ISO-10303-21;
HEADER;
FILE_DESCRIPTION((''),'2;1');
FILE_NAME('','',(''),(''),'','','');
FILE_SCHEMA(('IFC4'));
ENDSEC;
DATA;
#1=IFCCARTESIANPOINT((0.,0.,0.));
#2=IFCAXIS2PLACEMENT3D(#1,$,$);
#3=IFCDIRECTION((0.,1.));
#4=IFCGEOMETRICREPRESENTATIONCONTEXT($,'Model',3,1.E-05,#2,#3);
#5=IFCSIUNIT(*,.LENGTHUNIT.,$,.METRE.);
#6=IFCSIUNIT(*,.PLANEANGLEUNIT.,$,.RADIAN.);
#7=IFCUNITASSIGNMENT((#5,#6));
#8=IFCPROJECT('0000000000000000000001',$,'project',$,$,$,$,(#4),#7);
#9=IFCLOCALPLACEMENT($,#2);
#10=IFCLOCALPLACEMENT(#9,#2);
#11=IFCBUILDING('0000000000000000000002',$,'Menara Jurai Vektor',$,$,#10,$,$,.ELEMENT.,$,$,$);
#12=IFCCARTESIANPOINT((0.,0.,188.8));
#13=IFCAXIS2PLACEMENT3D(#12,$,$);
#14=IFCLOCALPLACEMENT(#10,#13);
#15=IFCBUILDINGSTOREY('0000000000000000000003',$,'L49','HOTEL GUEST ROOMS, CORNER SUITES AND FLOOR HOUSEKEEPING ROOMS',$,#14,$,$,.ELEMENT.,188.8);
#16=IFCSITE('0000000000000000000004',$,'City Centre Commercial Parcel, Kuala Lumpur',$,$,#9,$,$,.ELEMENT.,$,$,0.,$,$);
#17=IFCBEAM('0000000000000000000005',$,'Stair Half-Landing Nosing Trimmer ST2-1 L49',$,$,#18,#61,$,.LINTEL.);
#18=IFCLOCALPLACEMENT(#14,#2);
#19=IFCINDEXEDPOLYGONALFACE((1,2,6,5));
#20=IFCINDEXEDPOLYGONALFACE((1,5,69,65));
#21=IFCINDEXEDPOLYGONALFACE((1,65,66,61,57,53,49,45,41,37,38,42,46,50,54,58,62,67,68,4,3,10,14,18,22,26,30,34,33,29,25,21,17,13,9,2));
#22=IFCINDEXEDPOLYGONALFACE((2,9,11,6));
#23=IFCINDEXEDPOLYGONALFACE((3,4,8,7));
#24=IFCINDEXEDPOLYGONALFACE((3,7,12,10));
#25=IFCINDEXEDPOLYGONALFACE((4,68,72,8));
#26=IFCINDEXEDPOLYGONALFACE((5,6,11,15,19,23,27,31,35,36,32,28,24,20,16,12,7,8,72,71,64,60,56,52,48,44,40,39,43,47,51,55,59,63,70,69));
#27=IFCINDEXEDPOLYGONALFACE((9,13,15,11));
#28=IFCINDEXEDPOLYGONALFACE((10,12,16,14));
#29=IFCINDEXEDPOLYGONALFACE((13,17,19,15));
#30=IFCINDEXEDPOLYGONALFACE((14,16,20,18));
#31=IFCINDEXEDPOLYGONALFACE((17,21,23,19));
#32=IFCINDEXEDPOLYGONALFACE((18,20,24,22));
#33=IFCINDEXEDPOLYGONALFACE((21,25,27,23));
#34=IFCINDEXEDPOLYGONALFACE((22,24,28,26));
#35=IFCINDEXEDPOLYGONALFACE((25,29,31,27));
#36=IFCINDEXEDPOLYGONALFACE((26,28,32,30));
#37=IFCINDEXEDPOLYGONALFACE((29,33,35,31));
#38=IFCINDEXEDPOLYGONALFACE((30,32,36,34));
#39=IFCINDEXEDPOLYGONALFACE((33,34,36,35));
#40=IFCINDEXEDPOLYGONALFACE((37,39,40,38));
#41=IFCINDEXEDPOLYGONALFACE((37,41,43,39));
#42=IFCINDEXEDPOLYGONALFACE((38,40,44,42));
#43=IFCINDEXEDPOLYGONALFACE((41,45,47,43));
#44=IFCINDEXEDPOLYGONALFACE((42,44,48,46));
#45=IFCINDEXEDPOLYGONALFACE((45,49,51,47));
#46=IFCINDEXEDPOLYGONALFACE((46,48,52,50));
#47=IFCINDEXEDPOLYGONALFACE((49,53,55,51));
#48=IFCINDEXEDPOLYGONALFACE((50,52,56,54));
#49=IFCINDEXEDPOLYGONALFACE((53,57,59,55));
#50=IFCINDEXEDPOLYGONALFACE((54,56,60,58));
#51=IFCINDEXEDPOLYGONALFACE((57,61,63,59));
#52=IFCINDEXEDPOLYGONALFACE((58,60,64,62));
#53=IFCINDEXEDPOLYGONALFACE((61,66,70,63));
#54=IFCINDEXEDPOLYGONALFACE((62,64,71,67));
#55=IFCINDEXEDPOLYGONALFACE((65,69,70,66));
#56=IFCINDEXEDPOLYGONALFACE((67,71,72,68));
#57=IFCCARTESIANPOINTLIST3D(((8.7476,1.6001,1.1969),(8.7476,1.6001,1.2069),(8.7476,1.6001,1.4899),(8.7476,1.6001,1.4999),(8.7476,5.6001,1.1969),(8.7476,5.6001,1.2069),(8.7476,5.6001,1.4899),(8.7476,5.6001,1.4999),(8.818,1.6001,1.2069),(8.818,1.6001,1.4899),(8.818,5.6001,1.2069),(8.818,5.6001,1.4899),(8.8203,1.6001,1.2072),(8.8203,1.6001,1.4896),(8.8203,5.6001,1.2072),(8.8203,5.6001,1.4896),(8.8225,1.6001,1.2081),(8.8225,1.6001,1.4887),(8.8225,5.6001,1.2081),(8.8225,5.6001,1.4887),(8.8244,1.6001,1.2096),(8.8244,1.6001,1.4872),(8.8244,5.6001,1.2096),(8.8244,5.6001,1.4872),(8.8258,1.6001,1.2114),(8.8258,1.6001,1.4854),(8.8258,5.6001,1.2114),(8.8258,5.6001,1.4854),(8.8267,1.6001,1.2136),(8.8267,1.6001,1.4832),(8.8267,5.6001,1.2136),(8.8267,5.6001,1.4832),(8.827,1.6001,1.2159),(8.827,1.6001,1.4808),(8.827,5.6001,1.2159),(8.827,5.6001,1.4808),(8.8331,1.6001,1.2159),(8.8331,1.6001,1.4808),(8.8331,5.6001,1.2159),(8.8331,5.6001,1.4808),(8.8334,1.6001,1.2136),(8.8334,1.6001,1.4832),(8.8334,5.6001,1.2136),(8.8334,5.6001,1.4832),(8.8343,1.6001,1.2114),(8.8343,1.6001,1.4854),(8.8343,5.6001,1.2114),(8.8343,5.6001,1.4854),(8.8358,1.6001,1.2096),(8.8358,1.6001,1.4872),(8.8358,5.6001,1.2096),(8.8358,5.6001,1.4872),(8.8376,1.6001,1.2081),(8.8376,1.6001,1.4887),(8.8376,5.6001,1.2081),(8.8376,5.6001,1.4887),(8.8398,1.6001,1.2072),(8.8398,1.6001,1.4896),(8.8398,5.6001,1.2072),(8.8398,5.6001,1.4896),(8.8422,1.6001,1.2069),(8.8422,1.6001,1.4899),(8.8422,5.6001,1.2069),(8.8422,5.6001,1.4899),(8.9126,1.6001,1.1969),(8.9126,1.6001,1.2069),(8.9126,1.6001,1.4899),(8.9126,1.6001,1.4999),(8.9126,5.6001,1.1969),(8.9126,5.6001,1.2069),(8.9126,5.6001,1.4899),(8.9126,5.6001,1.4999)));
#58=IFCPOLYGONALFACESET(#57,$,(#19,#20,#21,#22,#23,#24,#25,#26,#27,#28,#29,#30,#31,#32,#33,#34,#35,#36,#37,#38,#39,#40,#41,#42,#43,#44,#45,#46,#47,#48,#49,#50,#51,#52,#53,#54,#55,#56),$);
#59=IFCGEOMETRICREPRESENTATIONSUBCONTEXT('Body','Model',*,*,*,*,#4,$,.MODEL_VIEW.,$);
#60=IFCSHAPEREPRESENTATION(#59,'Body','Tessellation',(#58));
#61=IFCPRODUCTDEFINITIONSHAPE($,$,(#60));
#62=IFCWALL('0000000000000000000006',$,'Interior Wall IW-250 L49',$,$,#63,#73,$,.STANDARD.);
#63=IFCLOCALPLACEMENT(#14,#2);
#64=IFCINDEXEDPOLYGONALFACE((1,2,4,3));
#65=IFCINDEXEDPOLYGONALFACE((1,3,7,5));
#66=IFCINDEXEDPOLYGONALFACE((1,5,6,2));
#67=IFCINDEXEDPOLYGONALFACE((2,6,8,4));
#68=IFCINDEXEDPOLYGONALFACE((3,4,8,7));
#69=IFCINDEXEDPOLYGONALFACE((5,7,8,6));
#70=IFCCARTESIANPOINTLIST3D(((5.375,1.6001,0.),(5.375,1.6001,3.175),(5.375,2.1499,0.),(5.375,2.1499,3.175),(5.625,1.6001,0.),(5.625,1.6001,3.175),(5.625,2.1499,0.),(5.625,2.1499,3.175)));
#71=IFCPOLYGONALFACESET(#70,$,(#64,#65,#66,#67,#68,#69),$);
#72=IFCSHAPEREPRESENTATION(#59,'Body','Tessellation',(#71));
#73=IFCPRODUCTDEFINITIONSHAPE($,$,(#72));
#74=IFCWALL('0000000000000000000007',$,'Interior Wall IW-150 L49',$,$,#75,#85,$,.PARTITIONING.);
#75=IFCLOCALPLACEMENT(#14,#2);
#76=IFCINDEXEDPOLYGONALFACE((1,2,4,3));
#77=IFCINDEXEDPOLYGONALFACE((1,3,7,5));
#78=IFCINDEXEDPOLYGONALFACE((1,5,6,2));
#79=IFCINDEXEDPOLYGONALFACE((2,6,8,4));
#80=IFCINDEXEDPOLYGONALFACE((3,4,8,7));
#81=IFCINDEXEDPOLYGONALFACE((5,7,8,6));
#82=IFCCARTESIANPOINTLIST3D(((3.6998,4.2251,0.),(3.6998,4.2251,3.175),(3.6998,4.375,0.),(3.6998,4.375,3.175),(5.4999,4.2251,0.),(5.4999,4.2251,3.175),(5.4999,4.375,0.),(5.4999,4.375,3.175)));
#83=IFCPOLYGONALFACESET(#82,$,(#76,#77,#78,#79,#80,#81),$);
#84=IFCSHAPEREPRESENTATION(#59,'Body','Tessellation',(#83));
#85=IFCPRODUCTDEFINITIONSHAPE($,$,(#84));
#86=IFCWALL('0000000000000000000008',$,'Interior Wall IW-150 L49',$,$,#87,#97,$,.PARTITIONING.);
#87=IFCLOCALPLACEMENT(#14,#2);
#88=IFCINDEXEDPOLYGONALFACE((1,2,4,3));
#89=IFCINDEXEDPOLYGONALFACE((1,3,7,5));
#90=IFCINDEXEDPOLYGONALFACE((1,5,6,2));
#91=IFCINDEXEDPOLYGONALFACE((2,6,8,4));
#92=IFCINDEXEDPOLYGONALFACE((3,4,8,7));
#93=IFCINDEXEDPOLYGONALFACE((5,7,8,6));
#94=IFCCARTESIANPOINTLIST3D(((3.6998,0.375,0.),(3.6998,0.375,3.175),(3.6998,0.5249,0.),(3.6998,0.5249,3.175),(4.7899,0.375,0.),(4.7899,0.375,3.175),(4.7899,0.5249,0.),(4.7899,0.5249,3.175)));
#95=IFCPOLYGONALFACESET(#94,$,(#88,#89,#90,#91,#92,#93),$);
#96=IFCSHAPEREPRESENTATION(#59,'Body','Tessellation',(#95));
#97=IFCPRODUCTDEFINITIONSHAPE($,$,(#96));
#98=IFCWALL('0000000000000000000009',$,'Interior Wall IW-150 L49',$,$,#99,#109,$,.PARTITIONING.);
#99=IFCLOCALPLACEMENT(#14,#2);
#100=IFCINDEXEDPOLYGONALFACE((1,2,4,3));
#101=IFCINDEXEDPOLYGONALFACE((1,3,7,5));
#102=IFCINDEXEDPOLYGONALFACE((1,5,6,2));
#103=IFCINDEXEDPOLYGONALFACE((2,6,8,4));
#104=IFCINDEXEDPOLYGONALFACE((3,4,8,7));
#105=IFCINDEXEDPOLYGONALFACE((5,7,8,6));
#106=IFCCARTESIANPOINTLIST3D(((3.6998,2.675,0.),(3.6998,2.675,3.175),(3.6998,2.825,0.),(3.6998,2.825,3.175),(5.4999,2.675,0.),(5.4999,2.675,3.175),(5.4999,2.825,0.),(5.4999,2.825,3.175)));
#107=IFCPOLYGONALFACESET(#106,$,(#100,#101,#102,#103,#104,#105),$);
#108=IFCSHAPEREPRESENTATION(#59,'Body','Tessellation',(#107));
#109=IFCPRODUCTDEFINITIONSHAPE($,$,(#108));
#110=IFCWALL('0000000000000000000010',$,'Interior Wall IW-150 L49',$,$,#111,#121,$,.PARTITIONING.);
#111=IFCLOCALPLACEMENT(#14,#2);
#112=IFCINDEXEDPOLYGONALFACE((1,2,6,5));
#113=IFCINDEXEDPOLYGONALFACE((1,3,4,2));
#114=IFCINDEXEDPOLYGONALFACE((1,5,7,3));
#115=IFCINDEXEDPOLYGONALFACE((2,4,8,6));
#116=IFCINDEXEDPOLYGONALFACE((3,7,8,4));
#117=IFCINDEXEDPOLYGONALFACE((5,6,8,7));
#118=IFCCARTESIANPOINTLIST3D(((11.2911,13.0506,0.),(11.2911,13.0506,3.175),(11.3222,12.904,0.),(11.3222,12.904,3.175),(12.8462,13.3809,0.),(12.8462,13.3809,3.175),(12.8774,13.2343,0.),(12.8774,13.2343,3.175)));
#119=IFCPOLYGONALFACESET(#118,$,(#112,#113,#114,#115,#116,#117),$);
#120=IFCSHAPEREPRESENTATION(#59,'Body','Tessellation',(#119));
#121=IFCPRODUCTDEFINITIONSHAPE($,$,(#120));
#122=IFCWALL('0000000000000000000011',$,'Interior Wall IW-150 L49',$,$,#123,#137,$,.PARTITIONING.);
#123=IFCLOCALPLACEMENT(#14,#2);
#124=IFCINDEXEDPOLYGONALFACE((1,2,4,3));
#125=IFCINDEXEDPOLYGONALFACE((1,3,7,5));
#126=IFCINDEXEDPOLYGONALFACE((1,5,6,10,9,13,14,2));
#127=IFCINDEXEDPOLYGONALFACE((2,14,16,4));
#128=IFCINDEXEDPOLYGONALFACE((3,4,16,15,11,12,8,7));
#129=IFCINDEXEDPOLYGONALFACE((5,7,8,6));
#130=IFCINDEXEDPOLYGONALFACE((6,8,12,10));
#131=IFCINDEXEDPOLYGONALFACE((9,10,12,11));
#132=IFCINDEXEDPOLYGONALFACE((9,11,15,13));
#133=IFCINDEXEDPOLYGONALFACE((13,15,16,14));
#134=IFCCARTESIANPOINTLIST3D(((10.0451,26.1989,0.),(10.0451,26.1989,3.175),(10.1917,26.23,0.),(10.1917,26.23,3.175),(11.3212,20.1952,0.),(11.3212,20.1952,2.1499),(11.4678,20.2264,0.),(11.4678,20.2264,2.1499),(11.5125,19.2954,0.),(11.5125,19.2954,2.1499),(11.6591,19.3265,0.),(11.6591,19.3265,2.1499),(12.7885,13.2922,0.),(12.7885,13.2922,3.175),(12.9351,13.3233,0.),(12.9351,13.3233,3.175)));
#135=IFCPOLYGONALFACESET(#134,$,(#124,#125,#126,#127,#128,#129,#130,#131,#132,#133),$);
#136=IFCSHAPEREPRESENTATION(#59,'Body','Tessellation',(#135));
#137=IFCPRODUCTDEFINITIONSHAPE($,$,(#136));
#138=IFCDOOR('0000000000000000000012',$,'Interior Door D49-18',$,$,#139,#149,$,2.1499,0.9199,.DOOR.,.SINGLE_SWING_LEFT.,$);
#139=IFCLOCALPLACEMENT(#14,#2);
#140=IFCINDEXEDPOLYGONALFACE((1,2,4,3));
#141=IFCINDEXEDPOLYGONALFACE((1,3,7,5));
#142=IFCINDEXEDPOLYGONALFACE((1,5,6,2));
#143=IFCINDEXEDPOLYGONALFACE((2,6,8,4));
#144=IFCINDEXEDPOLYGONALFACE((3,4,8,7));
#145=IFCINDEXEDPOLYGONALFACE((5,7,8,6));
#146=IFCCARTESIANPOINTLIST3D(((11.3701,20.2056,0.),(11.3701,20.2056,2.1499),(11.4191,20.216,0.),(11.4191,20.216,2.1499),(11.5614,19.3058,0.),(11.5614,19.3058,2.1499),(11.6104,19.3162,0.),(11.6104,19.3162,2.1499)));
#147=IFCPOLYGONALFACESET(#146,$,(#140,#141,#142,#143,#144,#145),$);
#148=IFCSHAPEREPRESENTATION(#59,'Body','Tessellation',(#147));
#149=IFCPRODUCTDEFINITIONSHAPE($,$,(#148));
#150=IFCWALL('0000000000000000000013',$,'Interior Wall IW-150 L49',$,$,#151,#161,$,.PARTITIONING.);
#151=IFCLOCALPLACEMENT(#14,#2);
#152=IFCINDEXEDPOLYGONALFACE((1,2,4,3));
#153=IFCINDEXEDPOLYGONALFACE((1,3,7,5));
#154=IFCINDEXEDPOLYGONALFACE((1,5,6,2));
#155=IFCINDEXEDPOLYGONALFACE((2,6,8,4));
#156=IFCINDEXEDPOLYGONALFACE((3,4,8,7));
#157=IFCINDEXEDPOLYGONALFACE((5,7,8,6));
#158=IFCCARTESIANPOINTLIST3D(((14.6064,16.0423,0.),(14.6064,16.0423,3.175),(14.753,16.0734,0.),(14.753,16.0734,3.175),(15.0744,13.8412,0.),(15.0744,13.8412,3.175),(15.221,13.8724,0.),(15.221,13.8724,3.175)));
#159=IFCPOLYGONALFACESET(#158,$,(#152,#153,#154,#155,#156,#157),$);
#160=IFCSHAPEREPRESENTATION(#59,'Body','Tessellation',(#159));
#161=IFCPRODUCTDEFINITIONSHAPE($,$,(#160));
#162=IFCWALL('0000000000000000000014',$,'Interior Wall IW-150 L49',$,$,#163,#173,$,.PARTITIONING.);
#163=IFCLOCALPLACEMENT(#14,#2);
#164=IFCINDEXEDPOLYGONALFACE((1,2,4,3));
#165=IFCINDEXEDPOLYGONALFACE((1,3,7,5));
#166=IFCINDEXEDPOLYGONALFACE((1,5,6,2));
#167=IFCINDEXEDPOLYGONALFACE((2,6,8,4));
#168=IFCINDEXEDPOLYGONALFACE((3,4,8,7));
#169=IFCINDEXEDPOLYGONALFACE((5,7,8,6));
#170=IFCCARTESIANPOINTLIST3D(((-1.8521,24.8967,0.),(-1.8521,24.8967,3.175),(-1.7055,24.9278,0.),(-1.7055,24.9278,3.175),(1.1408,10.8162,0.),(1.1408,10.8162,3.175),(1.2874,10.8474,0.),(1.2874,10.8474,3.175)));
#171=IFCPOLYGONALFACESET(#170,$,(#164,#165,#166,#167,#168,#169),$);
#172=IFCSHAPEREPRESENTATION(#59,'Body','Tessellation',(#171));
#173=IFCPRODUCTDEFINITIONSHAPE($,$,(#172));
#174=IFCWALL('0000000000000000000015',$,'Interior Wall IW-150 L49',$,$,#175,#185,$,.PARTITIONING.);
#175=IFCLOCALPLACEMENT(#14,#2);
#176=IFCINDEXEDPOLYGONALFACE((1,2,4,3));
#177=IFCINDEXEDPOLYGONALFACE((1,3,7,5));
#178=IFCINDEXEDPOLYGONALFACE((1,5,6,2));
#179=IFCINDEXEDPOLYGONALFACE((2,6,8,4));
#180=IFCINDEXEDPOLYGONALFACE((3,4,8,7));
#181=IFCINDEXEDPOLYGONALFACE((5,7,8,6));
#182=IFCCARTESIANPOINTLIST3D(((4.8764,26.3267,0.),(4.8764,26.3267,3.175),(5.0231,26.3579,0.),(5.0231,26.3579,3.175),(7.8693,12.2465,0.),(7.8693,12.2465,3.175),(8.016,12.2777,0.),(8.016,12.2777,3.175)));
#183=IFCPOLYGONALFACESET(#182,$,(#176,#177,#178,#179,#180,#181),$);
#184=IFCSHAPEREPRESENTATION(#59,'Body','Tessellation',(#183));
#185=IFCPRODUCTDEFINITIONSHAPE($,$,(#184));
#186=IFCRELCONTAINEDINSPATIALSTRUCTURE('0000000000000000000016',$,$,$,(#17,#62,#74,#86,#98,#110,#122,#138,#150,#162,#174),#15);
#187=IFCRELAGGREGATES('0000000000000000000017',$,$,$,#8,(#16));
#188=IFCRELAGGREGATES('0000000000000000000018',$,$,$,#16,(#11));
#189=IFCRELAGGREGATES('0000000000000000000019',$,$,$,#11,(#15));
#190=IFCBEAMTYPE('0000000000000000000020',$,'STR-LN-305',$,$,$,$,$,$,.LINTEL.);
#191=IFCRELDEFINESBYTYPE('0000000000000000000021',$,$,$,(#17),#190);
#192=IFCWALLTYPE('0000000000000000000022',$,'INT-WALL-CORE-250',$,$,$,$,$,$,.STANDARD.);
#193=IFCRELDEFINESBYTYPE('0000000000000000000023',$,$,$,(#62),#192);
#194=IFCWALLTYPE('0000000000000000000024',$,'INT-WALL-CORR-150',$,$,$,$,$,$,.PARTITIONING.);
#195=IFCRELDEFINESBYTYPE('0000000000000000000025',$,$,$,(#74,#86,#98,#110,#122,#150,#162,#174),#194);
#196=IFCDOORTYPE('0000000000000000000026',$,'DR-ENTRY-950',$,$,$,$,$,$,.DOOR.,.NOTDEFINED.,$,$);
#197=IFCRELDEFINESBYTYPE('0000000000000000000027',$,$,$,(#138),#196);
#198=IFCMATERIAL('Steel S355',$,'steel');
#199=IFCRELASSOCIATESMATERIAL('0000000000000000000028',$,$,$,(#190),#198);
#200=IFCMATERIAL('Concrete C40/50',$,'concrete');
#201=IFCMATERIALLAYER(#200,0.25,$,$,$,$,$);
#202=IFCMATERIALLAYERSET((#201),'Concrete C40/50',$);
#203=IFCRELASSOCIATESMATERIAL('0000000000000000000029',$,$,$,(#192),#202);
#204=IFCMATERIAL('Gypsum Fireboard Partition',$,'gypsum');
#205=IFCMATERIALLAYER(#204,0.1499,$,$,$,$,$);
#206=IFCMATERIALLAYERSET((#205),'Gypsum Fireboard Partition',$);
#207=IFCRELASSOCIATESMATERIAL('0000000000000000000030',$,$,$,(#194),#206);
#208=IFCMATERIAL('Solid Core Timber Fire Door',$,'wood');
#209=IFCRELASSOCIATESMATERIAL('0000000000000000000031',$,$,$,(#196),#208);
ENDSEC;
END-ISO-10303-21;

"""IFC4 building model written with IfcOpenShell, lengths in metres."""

from ifc_helpers import new_model, si_unit, direction, frame, frame_2d, origin, origin_2d, place, context, subcontext, project, spatial, rectangle, i_section, extrude, material, layer, layer_set, material_profile, profile_set, type_object, element, fill, save


model = new_model("IFC4")

# Units and contexts
model_context = context("Model", 3, precision=1e-05, world=origin(), true_north=direction((0.0, 1.0)))
body_context = subcontext(model_context, "Body", "Model", "MODEL_VIEW")
ifc_project = project(units=[si_unit("LENGTHUNIT", "METRE"), si_unit("PLANEANGLEUNIT", "RADIAN")], contexts=[model_context])

# Site, building, storey
site_placement = place(None, origin())
site = spatial("IfcSite", under=ifc_project, at=site_placement, Name="City Centre Commercial Parcel, Kuala Lumpur", CompositionType="ELEMENT", RefElevation=0.0)
building_placement = place(site_placement, origin())
building = spatial("IfcBuilding", under=site, at=building_placement, Name="Menara Jurai Vektor", CompositionType="ELEMENT")
storey_placement = place(building_placement, frame((0.0, 0.0, 188.8)))
storey = spatial("IfcBuildingStorey", under=building, at=storey_placement, Name="L49", Description="HOTEL GUEST ROOMS, CORNER SUITES AND FLOOR HOUSEKEEPING ROOMS", CompositionType="ELEMENT", Elevation=188.8)

# Shared definitions
ifc_material_1 = material(Name="Steel S355", Category="steel")

# Beam
ifc_material_profile_1 = material_profile(ifc_material_1, i_section(OverallWidth=0.165, OverallDepth=0.303, WebThickness=0.0061, FlangeThickness=0.01, FilletRadius=0.009, at=origin_2d()), Name="UKB 305x165x40")
ifc_profile_set_1 = profile_set([ifc_material_profile_1], Name="Steel S355")
beam_type_1 = type_object("IfcBeamType", Name="STR-LN-305", PredefinedType="LINTEL", material=ifc_profile_set_1)
beam_1_placement = place(storey_placement, frame((8.8301, 1.6001, 1.3484), z_axis=(0.0, 1.0, 0.0), x_axis=(-1.0, 0.0, 0.0)))
element("IfcBeam", 1, at=beam_1_placement, inside=storey, type_object=beam_type_1, Name="Stair Half-Landing Nosing Trimmer ST2-1 L49", PredefinedType="LINTEL", context=body_context, shape_type="SweptSolid", body=[
    extrude(i_section(OverallWidth=0.165, OverallDepth=0.303, WebThickness=0.0061, FlangeThickness=0.01, FilletRadius=0.009, at=origin_2d()), origin(), (0.0, 0.0, 1.0), 4.0),
])

# Shared definitions
ifc_material_2 = material(Name="Concrete C40/50", Category="concrete")
ifc_layer_1 = layer(ifc_material_2, 0.25)
ifc_layer_set_1 = layer_set([ifc_layer_1], Name="Concrete C40/50")
wall_type_1 = type_object("IfcWallType", Name="INT-WALL-CORE-250", PredefinedType="STANDARD", material=ifc_layer_set_1)

# Walls
wall_1_placement = place(storey_placement, frame((5.5, 1.6001, 0.0), z_axis=(0.0, 0.0, 1.0), x_axis=(0.0, 1.0, 0.0)))
element("IfcWall", 2, at=wall_1_placement, inside=storey, type_object=wall_type_1, Name="Interior Wall IW-250 L49", PredefinedType="STANDARD", context=body_context, shape_type="SweptSolid", body=[
    extrude(rectangle(XDim=0.5498, YDim=0.25, at=frame_2d((0.2749, 0.0))), origin(), (0.0, 0.0, 1.0), 3.175),
])
ifc_material_3 = material(Name="Gypsum Fireboard Partition", Category="gypsum")
ifc_layer_2 = layer(ifc_material_3, 0.1499)
ifc_layer_set_2 = layer_set([ifc_layer_2], Name="Gypsum Fireboard Partition")
wall_type_2 = type_object("IfcWallType", Name="INT-WALL-CORR-150", PredefinedType="PARTITIONING", material=ifc_layer_set_2)
wall_2_placement = place(storey_placement, frame((3.7, 4.3, 0.0), z_axis=(0.0, 0.0, 1.0), x_axis=(1.0, 0.0, 0.0)))
element("IfcWall", 3, at=wall_2_placement, inside=storey, type_object=wall_type_2, Name="Interior Wall IW-150 L49", PredefinedType="PARTITIONING", context=body_context, shape_type="SweptSolid", body=[
    extrude(rectangle(XDim=1.8, YDim=0.1499, at=frame_2d((0.8999, 0.0))), origin(), (0.0, 0.0, 1.0), 3.175),
])
wall_3_placement = place(storey_placement, frame((3.7, 0.45, 0.0), z_axis=(0.0, 0.0, 1.0), x_axis=(1.0, 0.0, 0.0)))
element("IfcWall", 4, at=wall_3_placement, inside=storey, type_object=wall_type_2, Name="Interior Wall IW-150 L49", PredefinedType="PARTITIONING", context=body_context, shape_type="SweptSolid", body=[
    extrude(rectangle(XDim=1.0901, YDim=0.1499, at=frame_2d((0.5449, 0.0))), origin(), (0.0, 0.0, 1.0), 3.175),
])
wall_4_placement = place(storey_placement, frame((3.7, 2.75, 0.0), z_axis=(0.0, 0.0, 1.0), x_axis=(1.0, 0.0, 0.0)))
element("IfcWall", 5, at=wall_4_placement, inside=storey, type_object=wall_type_2, Name="Interior Wall IW-150 L49", PredefinedType="PARTITIONING", context=body_context, shape_type="SweptSolid", body=[
    extrude(rectangle(XDim=1.8, YDim=0.1499, at=frame_2d((0.8999, 0.0))), origin(), (0.0, 0.0, 1.0), 3.175),
])

# Shared definitions
ifc_material_4 = material(Name="Solid Core Timber Fire Door", Category="wood")
door_type_1 = type_object("IfcDoorType", Name="DR-ENTRY-950", OperationType="NOTDEFINED", PredefinedType="DOOR", material=ifc_material_4)

# Wall
wall_5_placement = place(storey_placement, frame((11.3066, 12.9773, 0.0), z_axis=(0.0, 0.0, 1.0), x_axis=(0.978178, 0.207767, 0.0)))
element("IfcWall", 6, at=wall_5_placement, inside=storey, type_object=wall_type_2, Name="Interior Wall IW-150 L49", PredefinedType="PARTITIONING", context=body_context, shape_type="SweptSolid", body=[
    extrude(rectangle(XDim=1.5898, YDim=0.1499, at=frame_2d((0.7949, 0.0))), origin(), (0.0, 0.0, 1.0), 3.175),
])

# Wall, opening, door
wall_6_placement = place(storey_placement, frame((12.8618, 13.3076, 0.0), z_axis=(0.0, 0.0, 1.0), x_axis=(-0.207911, 0.978148, 0.0)))
wall_6 = element("IfcWall", 7, at=wall_6_placement, inside=storey, type_object=wall_type_2, Name="Interior Wall IW-150 L49", PredefinedType="PARTITIONING", context=body_context, shape_type="SweptSolid", body=[
    extrude(rectangle(XDim=13.1951, YDim=0.1499, at=frame_2d((6.5977, 0.0))), origin(), (0.0, 0.0, 1.0), 3.175),
])
opening_1_placement = place(wall_6_placement, frame((6.1375, 0.0, 0.0)))
opening_1 = element("IfcOpeningElement", 8, at=opening_1_placement, cuts=wall_6, PredefinedType="OPENING", context=body_context, shape_type="SweptSolid", body=[
    extrude(rectangle(XDim=0.9199, YDim=2.1499, at=frame_2d((0.46, 1.075))), frame((0.0, 0.085, 0.0), z_axis=(0.0, -1.0, 0.0), x_axis=(1.0, 0.0, 0.0)), (0.0, 0.0, 1.0), 0.1699),
])
door_1_placement = place(opening_1_placement, origin())
door_1 = element("IfcDoor", 9, at=door_1_placement, inside=storey, type_object=door_type_1, Name="Interior Door D49-18", OperationType="SINGLE_SWING_LEFT", OverallHeight=2.1499, OverallWidth=0.9199, PredefinedType="DOOR", context=body_context, shape_type="SweptSolid", body=[
    extrude(rectangle(XDim=0.9199, YDim=2.1499, at=frame_2d((0.46, 1.075))), frame((0.0, 0.0249, 0.0), z_axis=(0.0, -1.0, 0.0), x_axis=(1.0, 0.0, 0.0)), (0.0, 0.0, 1.0), 0.05),
])
fill(opening_1, door_1)

# Walls
wall_7_placement = place(storey_placement, frame((15.1477, 13.8569, 0.0), z_axis=(0.0, 0.0, 1.0), x_axis=(-0.207995, 0.97813, 0.0)))
element("IfcWall", 10, at=wall_7_placement, inside=storey, type_object=wall_type_2, Name="Interior Wall IW-150 L49", PredefinedType="PARTITIONING", context=body_context, shape_type="SweptSolid", body=[
    extrude(rectangle(XDim=2.2502, YDim=0.1499, at=frame_2d((1.125, 0.0))), origin(), (0.0, 0.0, 1.0), 3.175),
])
wall_8_placement = place(storey_placement, frame((1.2141, 10.8318, 0.0), z_axis=(0.0, 0.0, 1.0), x_axis=(-0.207912, 0.978148, 0.0)))
element("IfcWall", 11, at=wall_8_placement, inside=storey, type_object=wall_type_2, Name="Interior Wall IW-150 L49", PredefinedType="PARTITIONING", context=body_context, shape_type="SweptSolid", body=[
    extrude(rectangle(XDim=14.395, YDim=0.1499, at=frame_2d((7.1975, 0.0))), origin(), (0.0, 0.0, 1.0), 3.175),
])
for number, where, z_axis, x_axis, name in (
    (12, (7.9426, 12.2622, 0.0), (0.0, 0.0, 1.0), (-0.207915, 0.978147, 0.0), "Interior Wall IW-150 L49"),
):
    element("IfcWall", number, at=place(storey_placement, frame(where, z_axis=z_axis, x_axis=x_axis)), inside=storey, type_object=wall_type_2, Name=name, PredefinedType="PARTITIONING", context=body_context, shape_type="SweptSolid", body=[
        extrude(rectangle(XDim=14.3948, YDim=0.1499, at=frame_2d((7.1973, 0.0))), origin(), (0.0, 0.0, 1.0), 3.175),
    ])

save(model, "model.ifc")
